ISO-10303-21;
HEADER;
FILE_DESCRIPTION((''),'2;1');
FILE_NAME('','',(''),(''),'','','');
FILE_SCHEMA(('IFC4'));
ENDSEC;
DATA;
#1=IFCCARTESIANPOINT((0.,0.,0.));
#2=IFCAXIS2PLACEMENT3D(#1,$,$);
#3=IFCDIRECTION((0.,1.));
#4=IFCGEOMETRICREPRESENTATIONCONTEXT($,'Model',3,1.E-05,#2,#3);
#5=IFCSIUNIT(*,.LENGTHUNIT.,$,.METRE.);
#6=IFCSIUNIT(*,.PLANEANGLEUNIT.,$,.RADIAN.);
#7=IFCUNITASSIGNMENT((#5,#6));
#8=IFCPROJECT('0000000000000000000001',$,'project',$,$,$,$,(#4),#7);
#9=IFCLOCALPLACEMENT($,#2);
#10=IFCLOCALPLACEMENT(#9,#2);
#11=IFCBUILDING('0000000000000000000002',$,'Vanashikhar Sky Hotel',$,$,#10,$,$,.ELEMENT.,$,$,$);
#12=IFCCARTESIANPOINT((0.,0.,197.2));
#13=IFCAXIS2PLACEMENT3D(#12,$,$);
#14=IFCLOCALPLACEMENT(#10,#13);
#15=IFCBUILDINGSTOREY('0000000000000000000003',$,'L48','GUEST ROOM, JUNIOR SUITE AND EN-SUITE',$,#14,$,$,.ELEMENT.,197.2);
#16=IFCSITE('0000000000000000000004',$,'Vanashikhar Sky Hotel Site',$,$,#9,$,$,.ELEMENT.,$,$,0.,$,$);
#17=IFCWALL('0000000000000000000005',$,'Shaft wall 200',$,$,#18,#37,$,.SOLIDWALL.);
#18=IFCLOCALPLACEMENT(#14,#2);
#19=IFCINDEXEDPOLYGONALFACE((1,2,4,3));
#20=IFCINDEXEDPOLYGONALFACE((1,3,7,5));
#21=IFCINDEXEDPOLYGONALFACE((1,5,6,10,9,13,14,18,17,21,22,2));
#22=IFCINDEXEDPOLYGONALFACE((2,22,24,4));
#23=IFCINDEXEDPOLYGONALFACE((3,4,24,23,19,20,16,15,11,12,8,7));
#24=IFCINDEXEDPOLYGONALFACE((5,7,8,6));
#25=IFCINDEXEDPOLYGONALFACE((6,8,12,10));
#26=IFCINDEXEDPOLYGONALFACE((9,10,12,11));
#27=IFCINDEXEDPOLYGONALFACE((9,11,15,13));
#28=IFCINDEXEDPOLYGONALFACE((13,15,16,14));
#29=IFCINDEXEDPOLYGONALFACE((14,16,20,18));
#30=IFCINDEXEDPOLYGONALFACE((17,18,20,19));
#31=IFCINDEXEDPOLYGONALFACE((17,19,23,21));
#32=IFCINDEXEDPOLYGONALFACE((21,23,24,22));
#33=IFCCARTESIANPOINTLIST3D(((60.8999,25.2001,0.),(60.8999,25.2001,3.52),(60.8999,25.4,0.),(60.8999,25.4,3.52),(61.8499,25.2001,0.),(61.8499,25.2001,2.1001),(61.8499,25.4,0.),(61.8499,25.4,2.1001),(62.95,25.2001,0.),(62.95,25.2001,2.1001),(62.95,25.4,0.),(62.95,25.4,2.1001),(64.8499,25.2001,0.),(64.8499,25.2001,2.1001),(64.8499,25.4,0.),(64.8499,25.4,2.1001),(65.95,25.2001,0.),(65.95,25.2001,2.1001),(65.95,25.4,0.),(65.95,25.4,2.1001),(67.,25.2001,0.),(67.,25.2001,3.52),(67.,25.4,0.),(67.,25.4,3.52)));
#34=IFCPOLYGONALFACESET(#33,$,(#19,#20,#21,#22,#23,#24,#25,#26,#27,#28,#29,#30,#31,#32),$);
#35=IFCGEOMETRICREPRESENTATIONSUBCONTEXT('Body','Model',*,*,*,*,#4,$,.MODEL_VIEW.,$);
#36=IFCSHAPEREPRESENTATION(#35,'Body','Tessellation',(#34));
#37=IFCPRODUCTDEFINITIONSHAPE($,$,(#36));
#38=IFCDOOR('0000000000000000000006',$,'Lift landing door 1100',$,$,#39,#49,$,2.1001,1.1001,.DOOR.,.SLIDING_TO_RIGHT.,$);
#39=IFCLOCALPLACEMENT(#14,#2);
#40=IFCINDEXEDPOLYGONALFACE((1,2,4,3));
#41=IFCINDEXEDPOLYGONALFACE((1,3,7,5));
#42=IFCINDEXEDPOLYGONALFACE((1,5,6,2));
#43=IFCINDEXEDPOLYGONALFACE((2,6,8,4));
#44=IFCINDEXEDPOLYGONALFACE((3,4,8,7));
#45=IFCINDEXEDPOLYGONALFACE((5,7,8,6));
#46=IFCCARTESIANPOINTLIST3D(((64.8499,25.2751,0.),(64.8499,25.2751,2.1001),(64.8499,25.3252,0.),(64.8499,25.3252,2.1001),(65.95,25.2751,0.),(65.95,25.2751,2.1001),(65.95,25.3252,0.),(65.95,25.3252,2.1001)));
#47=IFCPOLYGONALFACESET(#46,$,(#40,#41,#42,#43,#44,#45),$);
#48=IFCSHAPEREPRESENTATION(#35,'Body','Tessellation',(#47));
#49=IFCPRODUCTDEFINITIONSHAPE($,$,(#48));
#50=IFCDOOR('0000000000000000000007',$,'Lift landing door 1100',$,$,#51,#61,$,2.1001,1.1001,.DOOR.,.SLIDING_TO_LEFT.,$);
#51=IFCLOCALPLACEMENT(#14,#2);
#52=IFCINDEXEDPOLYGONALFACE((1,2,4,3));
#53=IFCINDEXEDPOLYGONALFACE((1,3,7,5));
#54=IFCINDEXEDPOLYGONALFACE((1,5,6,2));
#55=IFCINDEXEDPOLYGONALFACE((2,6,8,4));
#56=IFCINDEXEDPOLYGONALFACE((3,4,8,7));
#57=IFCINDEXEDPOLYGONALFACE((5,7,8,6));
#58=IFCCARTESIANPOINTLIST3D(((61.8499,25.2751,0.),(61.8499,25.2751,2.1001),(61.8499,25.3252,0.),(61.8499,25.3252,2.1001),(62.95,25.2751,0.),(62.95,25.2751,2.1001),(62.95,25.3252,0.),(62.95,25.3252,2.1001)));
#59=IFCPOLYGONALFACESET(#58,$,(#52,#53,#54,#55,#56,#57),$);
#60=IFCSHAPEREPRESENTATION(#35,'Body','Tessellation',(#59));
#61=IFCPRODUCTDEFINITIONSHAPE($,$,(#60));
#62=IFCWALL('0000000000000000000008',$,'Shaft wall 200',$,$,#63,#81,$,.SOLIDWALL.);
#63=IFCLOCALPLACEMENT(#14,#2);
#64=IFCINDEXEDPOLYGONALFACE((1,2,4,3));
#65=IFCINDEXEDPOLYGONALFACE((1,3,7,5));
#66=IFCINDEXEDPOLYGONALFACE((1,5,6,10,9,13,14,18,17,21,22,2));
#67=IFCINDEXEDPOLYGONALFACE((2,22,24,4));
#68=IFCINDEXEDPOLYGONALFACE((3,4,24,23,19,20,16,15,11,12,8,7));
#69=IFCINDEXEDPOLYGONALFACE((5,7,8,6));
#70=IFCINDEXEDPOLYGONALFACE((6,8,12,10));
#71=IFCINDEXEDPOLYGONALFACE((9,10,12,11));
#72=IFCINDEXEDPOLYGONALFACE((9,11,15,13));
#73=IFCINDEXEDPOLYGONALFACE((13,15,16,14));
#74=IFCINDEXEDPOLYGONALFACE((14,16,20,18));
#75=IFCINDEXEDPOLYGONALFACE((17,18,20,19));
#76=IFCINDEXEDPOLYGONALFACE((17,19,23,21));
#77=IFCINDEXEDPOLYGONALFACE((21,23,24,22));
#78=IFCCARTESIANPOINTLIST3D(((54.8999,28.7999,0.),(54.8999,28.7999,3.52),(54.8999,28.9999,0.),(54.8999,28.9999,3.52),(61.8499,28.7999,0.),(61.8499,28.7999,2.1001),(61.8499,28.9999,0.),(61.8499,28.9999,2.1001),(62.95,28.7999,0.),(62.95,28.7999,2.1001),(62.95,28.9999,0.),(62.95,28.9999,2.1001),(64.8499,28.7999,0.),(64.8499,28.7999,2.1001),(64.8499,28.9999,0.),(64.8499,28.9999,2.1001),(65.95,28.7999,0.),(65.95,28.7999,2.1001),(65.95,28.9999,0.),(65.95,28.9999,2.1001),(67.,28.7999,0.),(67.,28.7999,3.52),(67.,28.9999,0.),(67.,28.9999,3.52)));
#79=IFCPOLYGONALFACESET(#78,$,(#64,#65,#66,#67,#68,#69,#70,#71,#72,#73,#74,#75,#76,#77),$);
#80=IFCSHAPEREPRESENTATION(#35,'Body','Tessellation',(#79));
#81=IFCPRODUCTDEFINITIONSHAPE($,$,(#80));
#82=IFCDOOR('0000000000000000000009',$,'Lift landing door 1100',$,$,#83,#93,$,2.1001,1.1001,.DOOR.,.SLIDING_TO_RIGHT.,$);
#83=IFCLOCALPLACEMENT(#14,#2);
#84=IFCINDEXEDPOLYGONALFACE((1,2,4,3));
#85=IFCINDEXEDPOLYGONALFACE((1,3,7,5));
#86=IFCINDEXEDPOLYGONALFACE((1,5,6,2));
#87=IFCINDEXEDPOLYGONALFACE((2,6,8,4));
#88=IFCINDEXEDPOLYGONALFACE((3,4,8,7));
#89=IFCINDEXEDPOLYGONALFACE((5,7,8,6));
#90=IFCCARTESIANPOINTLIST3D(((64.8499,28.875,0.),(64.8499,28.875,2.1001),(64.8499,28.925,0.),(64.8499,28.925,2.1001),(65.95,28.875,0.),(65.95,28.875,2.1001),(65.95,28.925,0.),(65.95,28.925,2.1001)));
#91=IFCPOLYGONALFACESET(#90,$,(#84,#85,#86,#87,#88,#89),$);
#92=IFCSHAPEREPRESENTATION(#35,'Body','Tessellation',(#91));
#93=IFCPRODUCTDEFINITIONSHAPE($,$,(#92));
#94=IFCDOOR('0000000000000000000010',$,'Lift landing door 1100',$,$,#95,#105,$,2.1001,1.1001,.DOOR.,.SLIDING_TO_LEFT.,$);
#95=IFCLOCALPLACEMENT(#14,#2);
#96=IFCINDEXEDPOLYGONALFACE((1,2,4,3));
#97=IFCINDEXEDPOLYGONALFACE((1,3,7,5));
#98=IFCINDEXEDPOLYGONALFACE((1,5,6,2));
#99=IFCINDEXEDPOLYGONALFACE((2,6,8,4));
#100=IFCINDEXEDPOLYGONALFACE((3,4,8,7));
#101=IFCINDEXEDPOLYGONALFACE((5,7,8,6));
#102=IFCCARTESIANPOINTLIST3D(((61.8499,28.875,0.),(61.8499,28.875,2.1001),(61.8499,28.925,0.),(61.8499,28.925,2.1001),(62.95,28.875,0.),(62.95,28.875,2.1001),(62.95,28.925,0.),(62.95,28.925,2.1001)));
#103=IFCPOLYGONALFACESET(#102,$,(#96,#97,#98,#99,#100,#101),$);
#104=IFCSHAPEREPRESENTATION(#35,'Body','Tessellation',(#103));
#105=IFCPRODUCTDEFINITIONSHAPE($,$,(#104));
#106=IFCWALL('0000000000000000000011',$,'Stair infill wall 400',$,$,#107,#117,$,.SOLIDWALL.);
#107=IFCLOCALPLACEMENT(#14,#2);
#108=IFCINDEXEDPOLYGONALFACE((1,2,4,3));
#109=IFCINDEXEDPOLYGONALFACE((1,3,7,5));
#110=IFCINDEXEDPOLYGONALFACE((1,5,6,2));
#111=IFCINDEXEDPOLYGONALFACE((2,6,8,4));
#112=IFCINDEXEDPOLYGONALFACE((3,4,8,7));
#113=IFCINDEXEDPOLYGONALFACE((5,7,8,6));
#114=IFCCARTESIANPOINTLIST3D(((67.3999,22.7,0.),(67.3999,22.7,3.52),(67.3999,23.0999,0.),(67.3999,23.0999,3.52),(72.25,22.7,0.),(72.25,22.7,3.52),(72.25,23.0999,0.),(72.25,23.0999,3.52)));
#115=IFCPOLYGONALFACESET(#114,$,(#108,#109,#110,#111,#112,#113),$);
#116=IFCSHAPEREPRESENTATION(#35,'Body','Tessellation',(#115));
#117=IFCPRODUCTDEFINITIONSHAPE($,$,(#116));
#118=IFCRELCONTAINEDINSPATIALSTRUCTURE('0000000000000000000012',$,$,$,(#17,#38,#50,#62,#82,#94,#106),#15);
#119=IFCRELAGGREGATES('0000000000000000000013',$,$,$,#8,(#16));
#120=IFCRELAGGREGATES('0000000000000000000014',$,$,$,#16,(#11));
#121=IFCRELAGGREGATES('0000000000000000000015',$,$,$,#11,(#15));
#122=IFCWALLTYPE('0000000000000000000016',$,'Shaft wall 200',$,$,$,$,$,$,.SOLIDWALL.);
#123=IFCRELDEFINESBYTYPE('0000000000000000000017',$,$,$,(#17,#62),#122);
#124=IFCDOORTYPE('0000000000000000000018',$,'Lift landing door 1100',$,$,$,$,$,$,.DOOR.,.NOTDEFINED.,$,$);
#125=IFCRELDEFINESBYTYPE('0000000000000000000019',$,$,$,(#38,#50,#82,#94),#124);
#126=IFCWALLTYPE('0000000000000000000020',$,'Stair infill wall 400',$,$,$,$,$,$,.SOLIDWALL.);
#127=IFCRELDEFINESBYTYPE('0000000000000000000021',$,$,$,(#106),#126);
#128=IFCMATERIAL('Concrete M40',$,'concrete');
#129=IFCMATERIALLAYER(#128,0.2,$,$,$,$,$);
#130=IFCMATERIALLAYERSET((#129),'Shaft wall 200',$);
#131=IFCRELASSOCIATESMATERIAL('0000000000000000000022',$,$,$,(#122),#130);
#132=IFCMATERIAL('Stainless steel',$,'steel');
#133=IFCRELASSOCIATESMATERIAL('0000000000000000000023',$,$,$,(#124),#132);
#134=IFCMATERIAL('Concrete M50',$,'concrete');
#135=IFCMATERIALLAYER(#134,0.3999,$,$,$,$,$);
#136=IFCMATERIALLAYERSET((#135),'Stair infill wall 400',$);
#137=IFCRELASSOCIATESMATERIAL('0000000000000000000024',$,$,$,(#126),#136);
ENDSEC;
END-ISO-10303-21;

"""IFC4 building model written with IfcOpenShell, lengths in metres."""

from ifc_helpers import new_model, si_unit, direction, frame, frame_2d, origin, place, context, subcontext, project, spatial, rectangle, extrude, source, transform, mapped, material, layer, layer_set, type_object, element, fill, save


model = new_model("IFC4")

# Units and contexts
model_context = context("Model", 3, precision=1e-05, world=origin(), true_north=direction((0.0, 1.0)))
body_context = subcontext(model_context, "Body", "Model", "MODEL_VIEW")
ifc_project = project(units=[si_unit("LENGTHUNIT", "METRE"), si_unit("PLANEANGLEUNIT", "RADIAN")], contexts=[model_context])

# Site, building, storey
site_placement = place(None, origin())
site = spatial("IfcSite", under=ifc_project, at=site_placement, Name="Vanashikhar Sky Hotel Site", CompositionType="ELEMENT", RefElevation=0.0)
building_placement = place(site_placement, origin())
building = spatial("IfcBuilding", under=site, at=building_placement, Name="Vanashikhar Sky Hotel", CompositionType="ELEMENT")
storey_placement = place(building_placement, frame((0.0, 0.0, 197.2)))
storey = spatial("IfcBuildingStorey", under=building, at=storey_placement, Name="L48", Description="GUEST ROOM, JUNIOR SUITE AND EN-SUITE", CompositionType="ELEMENT", Elevation=197.2)

# Shared definitions
shared_shape_1 = source(origin(), body_context, "Body", "SweptSolid", [
    extrude(rectangle(XDim=1.1001, YDim=2.1001, at=frame_2d((0.55, 1.05))), frame((0.0, 0.0249, 0.0), z_axis=(0.0, -1.0, 0.0), x_axis=(1.0, 0.0, 0.0)), (0.0, 0.0, 1.0), 0.05),
])

# Shared definitions
ifc_material_1 = material(Name="Concrete M40", Category="concrete")
ifc_layer_1 = layer(ifc_material_1, 0.2)
ifc_layer_set_1 = layer_set([ifc_layer_1], Name="Shaft wall 200")
wall_type_1 = type_object("IfcWallType", Name="Shaft wall 200", PredefinedType="SOLIDWALL", material=ifc_layer_set_1)
shared_shape_2 = source(origin(), body_context, "Body", "SweptSolid", [
    extrude(rectangle(XDim=1.1001, YDim=2.1001, at=frame_2d((0.55, 1.05))), frame((0.0, 0.1099, 0.0), z_axis=(0.0, -1.0, 0.0), x_axis=(1.0, 0.0, 0.0)), (0.0, 0.0, 1.0), 0.22),
])
ifc_material_2 = material(Name="Stainless steel", Category="steel")
door_type_1 = type_object("IfcDoorType", Name="Lift landing door 1100", OperationType="NOTDEFINED", PredefinedType="DOOR", material=ifc_material_2)

# Shared definitions
ifc_material_3 = material(Name="Concrete M50", Category="concrete")

# Walls, openings, doors
shared_shape_3 = source(origin(), body_context, "Body", "SweptSolid", [
    extrude(rectangle(XDim=6.1001, YDim=0.2, at=frame_2d((3.05, 0.0))), origin(), (0.0, 0.0, 1.0), 3.52),
])
wall_1_placement = place(storey_placement, frame((67.0, 25.3, 0.0), z_axis=(0.0, 0.0, 1.0), x_axis=(-1.0, 0.0, 0.0)))
wall_1 = element("IfcWall", 1, at=wall_1_placement, inside=storey, type_object=wall_type_1, Name="Shaft wall 200", PredefinedType="SOLIDWALL", context=body_context, shape_type="MappedRepresentation", body=[
    mapped(shared_shape_3, transform((0.0, 0.0, 0.0), scale=1.0)),
])
opening_1_placement = place(wall_1_placement, frame((1.05, 0.0, 0.0)))
opening_1 = element("IfcOpeningElement", 2, at=opening_1_placement, cuts=wall_1, PredefinedType="OPENING", context=body_context, shape_type="MappedRepresentation", body=[
    mapped(shared_shape_2, transform((0.0, 0.0, 0.0), scale=1.0)),
])
opening_2_placement = place(wall_1_placement, frame((4.05, 0.0, 0.0)))
opening_2 = element("IfcOpeningElement", 3, at=opening_2_placement, cuts=wall_1, PredefinedType="OPENING", context=body_context, shape_type="MappedRepresentation", body=[
    mapped(shared_shape_2, transform((0.0, 0.0, 0.0), scale=1.0)),
])
door_1_placement = place(opening_1_placement, origin())
door_1 = element("IfcDoor", 4, at=door_1_placement, inside=storey, type_object=door_type_1, Name="Lift landing door 1100", OperationType="SLIDING_TO_RIGHT", OverallHeight=2.1001, OverallWidth=1.1001, PredefinedType="DOOR", context=body_context, shape_type="MappedRepresentation", body=[
    mapped(shared_shape_1, transform((0.0, 0.0, 0.0), scale=1.0)),
])
fill(opening_1, door_1)
door_2_placement = place(opening_2_placement, origin())
door_2 = element("IfcDoor", 5, at=door_2_placement, inside=storey, type_object=door_type_1, Name="Lift landing door 1100", OperationType="SLIDING_TO_LEFT", OverallHeight=2.1001, OverallWidth=1.1001, PredefinedType="DOOR", context=body_context, shape_type="MappedRepresentation", body=[
    mapped(shared_shape_1, transform((0.0, 0.0, 0.0), scale=1.0)),
])
fill(opening_2, door_2)
shared_shape_4 = source(origin(), body_context, "Body", "SweptSolid", [
    extrude(rectangle(XDim=12.1001, YDim=0.2, at=frame_2d((6.05, 0.0))), origin(), (0.0, 0.0, 1.0), 3.52),
])
wall_2_placement = place(storey_placement, frame((67.0, 28.8999, 0.0), z_axis=(0.0, 0.0, 1.0), x_axis=(-1.0, 0.0, 0.0)))
wall_2 = element("IfcWall", 6, at=wall_2_placement, inside=storey, type_object=wall_type_1, Name="Shaft wall 200", PredefinedType="SOLIDWALL", context=body_context, shape_type="MappedRepresentation", body=[
    mapped(shared_shape_4, transform((0.0, 0.0, 0.0), scale=1.0)),
])
opening_3_placement = place(wall_2_placement, frame((1.05, 0.0, 0.0)))
opening_3 = element("IfcOpeningElement", 7, at=opening_3_placement, cuts=wall_2, PredefinedType="OPENING", context=body_context, shape_type="MappedRepresentation", body=[
    mapped(shared_shape_2, transform((0.0, 0.0, 0.0), scale=1.0)),
])
opening_4_placement = place(wall_2_placement, frame((4.05, 0.0, 0.0)))
opening_4 = element("IfcOpeningElement", 8, at=opening_4_placement, cuts=wall_2, PredefinedType="OPENING", context=body_context, shape_type="MappedRepresentation", body=[
    mapped(shared_shape_2, transform((0.0, 0.0, 0.0), scale=1.0)),
])
door_3_placement = place(opening_3_placement, origin())
door_3 = element("IfcDoor", 9, at=door_3_placement, inside=storey, type_object=door_type_1, Name="Lift landing door 1100", OperationType="SLIDING_TO_RIGHT", OverallHeight=2.1001, OverallWidth=1.1001, PredefinedType="DOOR", context=body_context, shape_type="MappedRepresentation", body=[
    mapped(shared_shape_1, transform((0.0, 0.0, 0.0), scale=1.0)),
])
fill(opening_3, door_3)
door_4_placement = place(opening_4_placement, origin())
door_4 = element("IfcDoor", 10, at=door_4_placement, inside=storey, type_object=door_type_1, Name="Lift landing door 1100", OperationType="SLIDING_TO_LEFT", OverallHeight=2.1001, OverallWidth=1.1001, PredefinedType="DOOR", context=body_context, shape_type="MappedRepresentation", body=[
    mapped(shared_shape_1, transform((0.0, 0.0, 0.0), scale=1.0)),
])
fill(opening_4, door_4)

# Wall
ifc_layer_2 = layer(ifc_material_3, 0.3999)
ifc_layer_set_2 = layer_set([ifc_layer_2], Name="Stair infill wall 400")
wall_type_2 = type_object("IfcWallType", Name="Stair infill wall 400", PredefinedType="SOLIDWALL", material=ifc_layer_set_2)
shared_shape_5 = source(origin(), body_context, "Body", "SweptSolid", [
    extrude(rectangle(XDim=4.8501, YDim=0.3999, at=frame_2d((2.425, 0.0))), origin(), (0.0, 0.0, 1.0), 3.52),
])
wall_3_placement = place(storey_placement, frame((67.3999, 22.8999, 0.0), z_axis=(0.0, 0.0, 1.0), x_axis=(1.0, 0.0, 0.0)))
element("IfcWall", 11, at=wall_3_placement, inside=storey, type_object=wall_type_2, Name="Stair infill wall 400", PredefinedType="SOLIDWALL", context=body_context, shape_type="MappedRepresentation", body=[
    mapped(shared_shape_5, transform((0.0, 0.0, 0.0), scale=1.0)),
])

save(model, "model.ifc")
